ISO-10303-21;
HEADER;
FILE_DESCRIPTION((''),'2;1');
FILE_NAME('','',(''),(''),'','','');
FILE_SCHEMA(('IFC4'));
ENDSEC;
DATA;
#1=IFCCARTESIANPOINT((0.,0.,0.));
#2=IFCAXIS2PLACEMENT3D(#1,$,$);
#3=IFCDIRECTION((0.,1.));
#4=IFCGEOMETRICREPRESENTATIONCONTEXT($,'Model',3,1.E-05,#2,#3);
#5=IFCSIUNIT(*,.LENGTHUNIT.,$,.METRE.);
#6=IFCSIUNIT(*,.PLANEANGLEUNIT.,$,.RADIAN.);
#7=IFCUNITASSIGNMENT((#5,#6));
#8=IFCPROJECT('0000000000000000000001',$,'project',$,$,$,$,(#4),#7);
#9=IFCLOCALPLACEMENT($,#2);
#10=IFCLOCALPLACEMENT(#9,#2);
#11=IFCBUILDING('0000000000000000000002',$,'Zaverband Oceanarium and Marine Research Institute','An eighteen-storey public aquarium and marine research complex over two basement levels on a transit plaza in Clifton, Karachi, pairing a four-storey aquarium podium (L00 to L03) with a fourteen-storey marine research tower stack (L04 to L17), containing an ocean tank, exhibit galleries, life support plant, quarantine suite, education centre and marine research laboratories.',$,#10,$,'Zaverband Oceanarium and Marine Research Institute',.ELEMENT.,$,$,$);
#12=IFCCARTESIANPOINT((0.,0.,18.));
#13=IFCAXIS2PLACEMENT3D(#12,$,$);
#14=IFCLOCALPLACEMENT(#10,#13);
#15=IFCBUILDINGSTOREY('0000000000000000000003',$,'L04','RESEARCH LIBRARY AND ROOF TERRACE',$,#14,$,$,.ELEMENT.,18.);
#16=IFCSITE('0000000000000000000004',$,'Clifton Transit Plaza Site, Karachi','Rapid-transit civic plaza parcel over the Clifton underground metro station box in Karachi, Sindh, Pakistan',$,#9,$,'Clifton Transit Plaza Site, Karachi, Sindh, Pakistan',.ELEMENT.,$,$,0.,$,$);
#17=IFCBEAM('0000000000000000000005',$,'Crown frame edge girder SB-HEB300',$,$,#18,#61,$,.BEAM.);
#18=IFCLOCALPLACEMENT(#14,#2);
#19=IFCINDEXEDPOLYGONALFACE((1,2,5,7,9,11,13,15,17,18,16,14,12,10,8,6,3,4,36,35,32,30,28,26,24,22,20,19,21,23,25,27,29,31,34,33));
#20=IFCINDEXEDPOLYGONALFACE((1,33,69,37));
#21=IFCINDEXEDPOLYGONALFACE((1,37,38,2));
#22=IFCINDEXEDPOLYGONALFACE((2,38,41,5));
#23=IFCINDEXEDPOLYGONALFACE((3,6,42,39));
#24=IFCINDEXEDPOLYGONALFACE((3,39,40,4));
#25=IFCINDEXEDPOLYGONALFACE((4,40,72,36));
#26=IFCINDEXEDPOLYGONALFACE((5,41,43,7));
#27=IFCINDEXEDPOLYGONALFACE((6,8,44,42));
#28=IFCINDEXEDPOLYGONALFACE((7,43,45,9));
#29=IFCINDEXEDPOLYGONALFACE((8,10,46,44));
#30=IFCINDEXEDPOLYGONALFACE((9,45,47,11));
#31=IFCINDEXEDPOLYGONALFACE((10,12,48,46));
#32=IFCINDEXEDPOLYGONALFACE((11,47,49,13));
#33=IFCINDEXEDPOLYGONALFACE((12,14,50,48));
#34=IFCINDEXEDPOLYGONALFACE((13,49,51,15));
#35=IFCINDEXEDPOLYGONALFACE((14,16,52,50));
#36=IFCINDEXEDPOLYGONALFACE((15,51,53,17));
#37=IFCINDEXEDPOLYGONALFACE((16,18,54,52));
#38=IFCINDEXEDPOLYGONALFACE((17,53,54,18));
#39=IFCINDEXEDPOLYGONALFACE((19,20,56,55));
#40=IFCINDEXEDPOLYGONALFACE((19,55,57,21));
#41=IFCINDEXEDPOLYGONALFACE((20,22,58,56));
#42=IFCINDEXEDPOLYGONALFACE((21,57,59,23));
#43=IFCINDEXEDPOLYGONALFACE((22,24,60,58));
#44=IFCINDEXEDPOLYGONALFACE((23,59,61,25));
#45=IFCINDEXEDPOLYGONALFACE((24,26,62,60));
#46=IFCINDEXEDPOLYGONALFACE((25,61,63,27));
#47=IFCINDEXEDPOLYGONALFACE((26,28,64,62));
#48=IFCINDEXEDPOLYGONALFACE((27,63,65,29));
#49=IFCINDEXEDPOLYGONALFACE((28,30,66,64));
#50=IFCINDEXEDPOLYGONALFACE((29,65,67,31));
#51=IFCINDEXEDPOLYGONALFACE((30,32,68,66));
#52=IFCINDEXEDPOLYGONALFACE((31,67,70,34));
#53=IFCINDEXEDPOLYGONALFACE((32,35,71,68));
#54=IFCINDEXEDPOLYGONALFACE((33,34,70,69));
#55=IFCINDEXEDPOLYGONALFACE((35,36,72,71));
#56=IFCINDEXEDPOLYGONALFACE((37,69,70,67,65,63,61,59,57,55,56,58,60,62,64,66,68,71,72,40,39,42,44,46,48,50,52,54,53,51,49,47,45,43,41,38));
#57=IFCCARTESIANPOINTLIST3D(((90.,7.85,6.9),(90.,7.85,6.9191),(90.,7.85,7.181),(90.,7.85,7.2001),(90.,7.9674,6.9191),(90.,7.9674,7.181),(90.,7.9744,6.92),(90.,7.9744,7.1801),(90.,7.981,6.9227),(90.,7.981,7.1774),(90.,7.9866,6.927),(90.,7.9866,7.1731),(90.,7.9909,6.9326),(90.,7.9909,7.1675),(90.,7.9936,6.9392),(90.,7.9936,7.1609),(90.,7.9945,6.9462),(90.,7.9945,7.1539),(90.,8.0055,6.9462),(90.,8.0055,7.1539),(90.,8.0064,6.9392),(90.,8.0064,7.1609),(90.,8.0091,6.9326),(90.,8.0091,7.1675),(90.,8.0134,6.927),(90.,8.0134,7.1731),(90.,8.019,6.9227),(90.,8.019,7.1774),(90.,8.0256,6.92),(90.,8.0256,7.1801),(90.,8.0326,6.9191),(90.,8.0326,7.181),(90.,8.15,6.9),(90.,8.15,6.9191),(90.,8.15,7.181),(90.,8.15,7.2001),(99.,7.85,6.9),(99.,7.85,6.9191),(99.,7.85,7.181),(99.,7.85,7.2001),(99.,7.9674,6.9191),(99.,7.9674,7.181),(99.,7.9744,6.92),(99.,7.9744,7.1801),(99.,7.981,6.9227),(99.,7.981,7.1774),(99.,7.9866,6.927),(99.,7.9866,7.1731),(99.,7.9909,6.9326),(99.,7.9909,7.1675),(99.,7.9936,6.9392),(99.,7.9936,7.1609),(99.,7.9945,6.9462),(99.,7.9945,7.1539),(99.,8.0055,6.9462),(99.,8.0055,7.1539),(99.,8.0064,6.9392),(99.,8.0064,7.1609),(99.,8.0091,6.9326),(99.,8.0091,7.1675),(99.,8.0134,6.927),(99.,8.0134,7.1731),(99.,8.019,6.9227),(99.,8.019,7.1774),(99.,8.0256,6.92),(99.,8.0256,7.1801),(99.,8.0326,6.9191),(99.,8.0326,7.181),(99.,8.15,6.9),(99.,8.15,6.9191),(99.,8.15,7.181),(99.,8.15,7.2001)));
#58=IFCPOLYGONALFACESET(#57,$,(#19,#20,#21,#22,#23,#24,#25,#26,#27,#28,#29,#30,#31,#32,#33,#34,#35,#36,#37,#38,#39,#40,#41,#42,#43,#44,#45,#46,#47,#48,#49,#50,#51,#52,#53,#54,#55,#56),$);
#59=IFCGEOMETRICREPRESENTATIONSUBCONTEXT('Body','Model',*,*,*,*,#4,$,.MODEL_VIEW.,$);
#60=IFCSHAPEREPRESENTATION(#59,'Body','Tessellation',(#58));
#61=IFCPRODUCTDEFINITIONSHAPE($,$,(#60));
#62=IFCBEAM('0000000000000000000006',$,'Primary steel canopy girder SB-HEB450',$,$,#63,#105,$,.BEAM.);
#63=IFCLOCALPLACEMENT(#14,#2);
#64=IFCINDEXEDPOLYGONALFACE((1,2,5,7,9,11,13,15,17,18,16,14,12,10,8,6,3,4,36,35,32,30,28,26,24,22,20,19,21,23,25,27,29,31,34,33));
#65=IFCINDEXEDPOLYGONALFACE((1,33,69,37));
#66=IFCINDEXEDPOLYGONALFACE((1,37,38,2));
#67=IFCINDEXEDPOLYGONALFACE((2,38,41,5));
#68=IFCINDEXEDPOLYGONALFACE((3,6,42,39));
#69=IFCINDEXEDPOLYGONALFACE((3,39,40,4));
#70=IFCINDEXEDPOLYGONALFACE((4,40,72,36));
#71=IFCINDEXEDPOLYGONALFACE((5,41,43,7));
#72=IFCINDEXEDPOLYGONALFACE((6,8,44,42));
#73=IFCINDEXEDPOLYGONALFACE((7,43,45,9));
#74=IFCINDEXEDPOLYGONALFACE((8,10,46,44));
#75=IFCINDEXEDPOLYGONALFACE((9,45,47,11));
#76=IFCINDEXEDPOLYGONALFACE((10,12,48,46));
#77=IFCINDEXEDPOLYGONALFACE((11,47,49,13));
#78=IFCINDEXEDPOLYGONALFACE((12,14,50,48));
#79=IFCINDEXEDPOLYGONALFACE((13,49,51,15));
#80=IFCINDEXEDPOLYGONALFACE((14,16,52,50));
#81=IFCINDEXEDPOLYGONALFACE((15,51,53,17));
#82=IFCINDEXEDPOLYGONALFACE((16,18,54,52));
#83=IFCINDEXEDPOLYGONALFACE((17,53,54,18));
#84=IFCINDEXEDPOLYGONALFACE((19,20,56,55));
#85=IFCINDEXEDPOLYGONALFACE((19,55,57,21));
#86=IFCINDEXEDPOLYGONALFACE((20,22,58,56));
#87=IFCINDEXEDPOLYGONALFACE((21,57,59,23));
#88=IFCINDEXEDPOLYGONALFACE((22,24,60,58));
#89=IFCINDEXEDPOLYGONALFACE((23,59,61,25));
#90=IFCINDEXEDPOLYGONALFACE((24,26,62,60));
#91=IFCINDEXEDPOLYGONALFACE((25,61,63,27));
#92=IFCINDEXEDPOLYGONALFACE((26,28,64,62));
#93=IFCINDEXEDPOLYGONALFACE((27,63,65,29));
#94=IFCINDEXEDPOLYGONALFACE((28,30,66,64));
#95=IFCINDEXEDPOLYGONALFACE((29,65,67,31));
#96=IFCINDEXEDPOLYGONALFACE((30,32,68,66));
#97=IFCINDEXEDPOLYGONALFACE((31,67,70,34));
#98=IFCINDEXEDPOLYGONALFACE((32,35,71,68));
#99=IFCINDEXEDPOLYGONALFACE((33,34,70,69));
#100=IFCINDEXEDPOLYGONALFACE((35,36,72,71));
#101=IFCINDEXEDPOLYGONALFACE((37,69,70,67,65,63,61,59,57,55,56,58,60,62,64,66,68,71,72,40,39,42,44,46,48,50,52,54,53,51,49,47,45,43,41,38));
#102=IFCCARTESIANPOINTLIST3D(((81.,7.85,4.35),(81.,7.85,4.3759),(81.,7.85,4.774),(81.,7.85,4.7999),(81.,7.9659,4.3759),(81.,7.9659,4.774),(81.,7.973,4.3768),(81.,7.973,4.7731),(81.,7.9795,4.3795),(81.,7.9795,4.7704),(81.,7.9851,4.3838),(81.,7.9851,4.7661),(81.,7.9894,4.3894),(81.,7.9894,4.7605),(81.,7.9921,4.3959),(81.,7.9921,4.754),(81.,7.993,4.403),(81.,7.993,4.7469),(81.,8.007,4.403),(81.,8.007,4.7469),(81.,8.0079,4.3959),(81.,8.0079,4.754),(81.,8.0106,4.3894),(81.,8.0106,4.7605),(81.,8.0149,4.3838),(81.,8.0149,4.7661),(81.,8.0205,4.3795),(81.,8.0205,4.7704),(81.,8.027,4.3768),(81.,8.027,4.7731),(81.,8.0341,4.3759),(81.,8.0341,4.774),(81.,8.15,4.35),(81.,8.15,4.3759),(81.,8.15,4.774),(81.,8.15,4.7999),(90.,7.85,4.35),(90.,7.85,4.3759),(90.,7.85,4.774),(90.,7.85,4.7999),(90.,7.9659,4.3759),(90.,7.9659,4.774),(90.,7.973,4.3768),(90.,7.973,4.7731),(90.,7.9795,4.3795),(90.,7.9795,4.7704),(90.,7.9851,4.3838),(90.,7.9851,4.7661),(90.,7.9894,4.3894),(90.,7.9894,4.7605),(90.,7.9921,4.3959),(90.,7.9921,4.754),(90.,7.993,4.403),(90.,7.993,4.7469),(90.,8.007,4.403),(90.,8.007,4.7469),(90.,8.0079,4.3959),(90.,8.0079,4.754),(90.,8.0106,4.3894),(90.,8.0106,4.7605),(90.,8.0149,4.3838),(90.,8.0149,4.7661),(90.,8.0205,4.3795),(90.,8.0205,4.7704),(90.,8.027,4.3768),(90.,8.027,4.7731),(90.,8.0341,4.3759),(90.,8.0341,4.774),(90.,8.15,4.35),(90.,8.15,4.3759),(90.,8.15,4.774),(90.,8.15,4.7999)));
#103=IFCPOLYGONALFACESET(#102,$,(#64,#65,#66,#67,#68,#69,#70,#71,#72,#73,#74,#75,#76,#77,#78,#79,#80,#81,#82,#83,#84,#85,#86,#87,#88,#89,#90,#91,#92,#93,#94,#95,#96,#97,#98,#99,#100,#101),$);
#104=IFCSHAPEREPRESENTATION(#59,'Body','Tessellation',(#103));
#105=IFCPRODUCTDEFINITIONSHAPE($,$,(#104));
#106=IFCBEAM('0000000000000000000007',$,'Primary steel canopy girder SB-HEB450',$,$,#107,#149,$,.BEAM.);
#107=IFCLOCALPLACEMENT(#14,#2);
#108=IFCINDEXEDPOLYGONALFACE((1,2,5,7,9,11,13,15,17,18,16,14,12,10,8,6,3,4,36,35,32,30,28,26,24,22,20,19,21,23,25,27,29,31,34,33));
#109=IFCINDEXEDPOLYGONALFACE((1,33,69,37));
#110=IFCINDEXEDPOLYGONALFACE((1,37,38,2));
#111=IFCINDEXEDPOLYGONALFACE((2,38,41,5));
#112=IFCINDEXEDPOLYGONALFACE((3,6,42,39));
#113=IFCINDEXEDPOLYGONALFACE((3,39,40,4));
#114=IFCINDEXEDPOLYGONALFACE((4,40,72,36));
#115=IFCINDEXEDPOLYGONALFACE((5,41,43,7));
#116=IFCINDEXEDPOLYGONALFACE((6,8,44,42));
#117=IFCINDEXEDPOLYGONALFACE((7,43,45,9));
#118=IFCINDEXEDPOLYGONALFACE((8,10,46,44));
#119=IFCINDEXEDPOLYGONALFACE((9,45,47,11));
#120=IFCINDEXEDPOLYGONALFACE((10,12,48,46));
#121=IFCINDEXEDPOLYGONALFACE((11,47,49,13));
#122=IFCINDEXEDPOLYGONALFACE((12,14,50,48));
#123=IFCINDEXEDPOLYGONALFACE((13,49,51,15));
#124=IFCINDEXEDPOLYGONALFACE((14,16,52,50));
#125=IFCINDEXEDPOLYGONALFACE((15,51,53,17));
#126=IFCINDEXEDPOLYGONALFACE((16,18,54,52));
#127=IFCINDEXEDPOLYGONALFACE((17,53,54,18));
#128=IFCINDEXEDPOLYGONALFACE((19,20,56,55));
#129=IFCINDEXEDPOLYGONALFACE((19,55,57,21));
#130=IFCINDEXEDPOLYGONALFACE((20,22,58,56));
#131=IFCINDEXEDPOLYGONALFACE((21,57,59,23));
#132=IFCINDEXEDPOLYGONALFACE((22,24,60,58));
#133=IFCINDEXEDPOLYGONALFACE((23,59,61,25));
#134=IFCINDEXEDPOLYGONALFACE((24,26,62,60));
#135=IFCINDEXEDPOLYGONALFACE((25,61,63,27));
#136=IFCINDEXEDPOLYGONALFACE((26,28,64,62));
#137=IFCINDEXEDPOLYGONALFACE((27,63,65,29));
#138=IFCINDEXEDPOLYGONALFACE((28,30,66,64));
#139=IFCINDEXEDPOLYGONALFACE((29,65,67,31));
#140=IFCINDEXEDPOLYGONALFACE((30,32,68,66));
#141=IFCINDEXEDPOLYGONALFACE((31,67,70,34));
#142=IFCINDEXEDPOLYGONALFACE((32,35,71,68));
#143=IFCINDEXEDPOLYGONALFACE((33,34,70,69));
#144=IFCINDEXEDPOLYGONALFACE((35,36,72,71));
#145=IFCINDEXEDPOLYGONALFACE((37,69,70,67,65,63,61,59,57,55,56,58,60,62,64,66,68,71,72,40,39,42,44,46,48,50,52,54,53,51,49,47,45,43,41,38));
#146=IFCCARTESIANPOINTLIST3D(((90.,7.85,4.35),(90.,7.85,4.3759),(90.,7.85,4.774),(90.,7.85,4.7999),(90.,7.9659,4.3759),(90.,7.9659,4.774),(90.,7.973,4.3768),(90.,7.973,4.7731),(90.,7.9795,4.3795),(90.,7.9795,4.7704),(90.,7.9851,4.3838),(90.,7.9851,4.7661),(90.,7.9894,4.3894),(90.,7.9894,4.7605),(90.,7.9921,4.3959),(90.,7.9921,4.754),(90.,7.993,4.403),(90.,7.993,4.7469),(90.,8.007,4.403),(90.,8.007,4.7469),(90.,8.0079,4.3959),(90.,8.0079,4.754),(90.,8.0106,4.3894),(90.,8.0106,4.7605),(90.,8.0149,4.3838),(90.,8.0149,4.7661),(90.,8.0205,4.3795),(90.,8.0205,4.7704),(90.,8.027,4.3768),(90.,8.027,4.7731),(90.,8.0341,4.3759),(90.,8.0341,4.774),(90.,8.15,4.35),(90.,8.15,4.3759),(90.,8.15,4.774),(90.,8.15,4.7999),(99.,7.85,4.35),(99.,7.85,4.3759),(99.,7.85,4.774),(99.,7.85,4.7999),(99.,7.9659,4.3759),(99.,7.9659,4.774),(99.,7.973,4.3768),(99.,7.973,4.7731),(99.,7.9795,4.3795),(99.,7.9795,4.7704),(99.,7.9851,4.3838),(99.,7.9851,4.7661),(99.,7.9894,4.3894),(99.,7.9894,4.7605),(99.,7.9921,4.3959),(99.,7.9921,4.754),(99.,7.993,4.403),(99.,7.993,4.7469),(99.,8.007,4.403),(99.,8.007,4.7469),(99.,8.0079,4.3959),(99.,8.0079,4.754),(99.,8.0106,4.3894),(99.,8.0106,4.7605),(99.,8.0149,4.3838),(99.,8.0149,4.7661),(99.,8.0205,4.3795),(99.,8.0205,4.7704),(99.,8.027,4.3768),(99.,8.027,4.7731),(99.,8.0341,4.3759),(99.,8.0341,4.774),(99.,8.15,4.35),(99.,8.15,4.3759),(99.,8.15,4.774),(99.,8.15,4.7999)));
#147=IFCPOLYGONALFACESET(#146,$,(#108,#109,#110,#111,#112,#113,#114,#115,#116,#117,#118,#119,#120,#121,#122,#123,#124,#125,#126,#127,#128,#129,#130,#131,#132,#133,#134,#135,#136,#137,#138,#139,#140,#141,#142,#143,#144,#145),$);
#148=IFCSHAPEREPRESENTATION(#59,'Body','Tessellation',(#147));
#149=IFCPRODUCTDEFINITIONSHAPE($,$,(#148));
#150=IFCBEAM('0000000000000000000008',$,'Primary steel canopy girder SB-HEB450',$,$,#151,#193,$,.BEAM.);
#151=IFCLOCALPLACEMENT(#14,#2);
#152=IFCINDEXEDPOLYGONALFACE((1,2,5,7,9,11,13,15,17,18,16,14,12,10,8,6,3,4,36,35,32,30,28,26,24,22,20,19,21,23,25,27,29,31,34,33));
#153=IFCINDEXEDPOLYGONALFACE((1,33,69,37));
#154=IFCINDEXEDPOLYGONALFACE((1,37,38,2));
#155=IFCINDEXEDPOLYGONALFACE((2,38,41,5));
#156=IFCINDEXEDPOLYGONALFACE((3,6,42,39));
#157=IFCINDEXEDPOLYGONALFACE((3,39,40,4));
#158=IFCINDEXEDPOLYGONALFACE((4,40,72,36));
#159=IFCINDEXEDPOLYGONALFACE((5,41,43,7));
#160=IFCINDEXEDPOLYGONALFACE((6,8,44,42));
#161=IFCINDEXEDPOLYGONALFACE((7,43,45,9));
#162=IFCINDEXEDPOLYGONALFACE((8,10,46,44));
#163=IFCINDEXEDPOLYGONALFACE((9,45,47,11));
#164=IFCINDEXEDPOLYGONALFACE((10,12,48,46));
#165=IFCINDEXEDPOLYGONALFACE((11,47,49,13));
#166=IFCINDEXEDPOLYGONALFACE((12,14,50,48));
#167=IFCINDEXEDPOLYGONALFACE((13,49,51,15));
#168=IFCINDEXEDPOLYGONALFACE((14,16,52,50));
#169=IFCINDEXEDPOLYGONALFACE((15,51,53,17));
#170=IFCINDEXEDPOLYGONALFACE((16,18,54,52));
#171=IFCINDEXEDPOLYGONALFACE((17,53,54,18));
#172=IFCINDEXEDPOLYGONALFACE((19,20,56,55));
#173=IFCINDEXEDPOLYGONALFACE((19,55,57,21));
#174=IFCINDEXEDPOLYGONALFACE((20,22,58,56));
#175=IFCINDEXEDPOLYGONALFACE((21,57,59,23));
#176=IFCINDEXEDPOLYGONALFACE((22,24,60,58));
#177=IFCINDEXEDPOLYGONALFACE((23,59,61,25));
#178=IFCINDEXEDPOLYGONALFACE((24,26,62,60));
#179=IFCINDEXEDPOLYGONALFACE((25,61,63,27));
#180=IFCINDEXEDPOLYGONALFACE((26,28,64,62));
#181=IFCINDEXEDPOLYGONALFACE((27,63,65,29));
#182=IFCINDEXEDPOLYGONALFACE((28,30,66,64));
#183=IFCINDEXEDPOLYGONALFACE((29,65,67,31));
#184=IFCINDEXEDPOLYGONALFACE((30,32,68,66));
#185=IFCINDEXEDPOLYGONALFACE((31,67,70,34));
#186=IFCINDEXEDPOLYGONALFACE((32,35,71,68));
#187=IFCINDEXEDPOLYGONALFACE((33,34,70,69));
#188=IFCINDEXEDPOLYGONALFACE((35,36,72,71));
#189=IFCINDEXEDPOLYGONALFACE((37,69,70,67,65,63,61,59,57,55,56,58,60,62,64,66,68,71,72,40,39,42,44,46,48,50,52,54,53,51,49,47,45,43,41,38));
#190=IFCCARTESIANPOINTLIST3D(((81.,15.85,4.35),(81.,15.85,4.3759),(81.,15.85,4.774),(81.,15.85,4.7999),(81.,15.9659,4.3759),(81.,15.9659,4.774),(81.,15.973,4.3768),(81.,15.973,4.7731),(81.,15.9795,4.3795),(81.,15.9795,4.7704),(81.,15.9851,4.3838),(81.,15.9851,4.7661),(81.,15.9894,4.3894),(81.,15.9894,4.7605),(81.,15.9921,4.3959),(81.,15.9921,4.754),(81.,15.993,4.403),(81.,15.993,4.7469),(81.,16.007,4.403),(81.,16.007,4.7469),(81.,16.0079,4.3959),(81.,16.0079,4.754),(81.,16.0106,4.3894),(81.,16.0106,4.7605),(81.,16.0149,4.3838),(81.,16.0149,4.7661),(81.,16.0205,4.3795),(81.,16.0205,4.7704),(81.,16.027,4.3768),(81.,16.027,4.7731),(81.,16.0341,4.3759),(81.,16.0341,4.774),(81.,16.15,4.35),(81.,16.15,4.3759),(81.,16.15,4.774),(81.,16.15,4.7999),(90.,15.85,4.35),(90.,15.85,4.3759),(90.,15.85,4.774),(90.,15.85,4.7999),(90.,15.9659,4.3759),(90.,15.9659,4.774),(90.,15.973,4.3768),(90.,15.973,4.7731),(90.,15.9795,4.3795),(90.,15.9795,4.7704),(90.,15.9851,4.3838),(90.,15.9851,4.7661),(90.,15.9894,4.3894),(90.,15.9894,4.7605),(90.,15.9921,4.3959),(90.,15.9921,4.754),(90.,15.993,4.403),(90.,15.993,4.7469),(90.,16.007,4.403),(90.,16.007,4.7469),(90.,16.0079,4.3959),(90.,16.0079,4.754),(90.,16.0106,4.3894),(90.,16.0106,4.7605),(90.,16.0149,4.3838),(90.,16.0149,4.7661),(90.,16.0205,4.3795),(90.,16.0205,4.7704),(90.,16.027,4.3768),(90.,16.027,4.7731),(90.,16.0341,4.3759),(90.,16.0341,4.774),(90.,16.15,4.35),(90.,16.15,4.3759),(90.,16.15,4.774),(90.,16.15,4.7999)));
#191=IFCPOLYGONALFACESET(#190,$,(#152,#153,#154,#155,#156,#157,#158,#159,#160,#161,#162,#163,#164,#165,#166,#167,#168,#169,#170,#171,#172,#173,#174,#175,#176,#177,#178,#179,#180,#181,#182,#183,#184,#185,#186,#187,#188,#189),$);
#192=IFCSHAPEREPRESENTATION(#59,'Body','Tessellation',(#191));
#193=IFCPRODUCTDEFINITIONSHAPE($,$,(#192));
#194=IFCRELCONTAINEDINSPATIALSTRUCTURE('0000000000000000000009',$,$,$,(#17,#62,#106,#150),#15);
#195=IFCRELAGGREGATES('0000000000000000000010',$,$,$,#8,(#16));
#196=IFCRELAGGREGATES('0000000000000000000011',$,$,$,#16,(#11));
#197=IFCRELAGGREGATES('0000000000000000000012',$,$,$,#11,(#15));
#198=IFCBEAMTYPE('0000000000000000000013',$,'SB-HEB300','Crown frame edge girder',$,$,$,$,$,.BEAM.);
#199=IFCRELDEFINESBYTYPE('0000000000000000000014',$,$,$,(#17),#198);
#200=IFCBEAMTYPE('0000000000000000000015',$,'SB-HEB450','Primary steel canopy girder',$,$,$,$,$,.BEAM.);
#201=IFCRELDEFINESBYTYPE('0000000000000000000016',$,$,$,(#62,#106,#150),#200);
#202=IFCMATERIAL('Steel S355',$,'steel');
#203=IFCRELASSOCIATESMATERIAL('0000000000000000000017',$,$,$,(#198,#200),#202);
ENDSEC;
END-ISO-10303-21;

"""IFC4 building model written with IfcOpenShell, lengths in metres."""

from ifc_helpers import new_model, si_unit, direction, frame, origin, origin_2d, place, context, subcontext, project, spatial, i_section, extrude, material, material_profile, profile_set, type_object, element, save


model = new_model("IFC4")

# Units and contexts
model_context = context("Model", 3, precision=1e-05, world=origin(), true_north=direction((0.0, 1.0)))
body_context = subcontext(model_context, "Body", "Model", "MODEL_VIEW")
ifc_project = project(units=[si_unit("LENGTHUNIT", "METRE"), si_unit("PLANEANGLEUNIT", "RADIAN")], contexts=[model_context])

# Site, building, storey
site_placement = place(None, origin())
site = spatial("IfcSite", under=ifc_project, at=site_placement, Name="Clifton Transit Plaza Site, Karachi", Description="Rapid-transit civic plaza parcel over the Clifton underground metro station box in Karachi, Sindh, Pakistan", LongName="Clifton Transit Plaza Site, Karachi, Sindh, Pakistan", CompositionType="ELEMENT", RefElevation=0.0)
building_placement = place(site_placement, origin())
building = spatial("IfcBuilding", under=site, at=building_placement, Name="Zaverband Oceanarium and Marine Research Institute", Description="An eighteen-storey public aquarium and marine research complex over two basement levels on a transit plaza in Clifton, Karachi, pairing a four-storey aquarium podium (L00 to L03) with a fourteen-storey marine research tower stack (L04 to L17), containing an ocean tank, exhibit galleries, life support plant, quarantine suite, education centre and marine research laboratories.", LongName="Zaverband Oceanarium and Marine Research Institute", CompositionType="ELEMENT")
storey_placement = place(building_placement, frame((0.0, 0.0, 18.0)))
storey = spatial("IfcBuildingStorey", under=building, at=storey_placement, Name="L04", Description="RESEARCH LIBRARY AND ROOF TERRACE", CompositionType="ELEMENT", Elevation=18.0)

# Beams
ifc_material_1 = material(Name="Steel S355", Category="steel")
ifc_material_profile_1 = material_profile(ifc_material_1, i_section(OverallWidth=0.3, OverallDepth=0.3, WebThickness=0.011, FlangeThickness=0.019, FilletRadius=0.0271, at=origin_2d()), Name="HEB300")
ifc_profile_set_1 = profile_set([ifc_material_profile_1], Name="Steel S355")
beam_type_1 = type_object("IfcBeamType", Name="SB-HEB300", Description="Crown frame edge girder", PredefinedType="BEAM", material=ifc_profile_set_1)
for number, where, z_axis, x_axis, name in (
    (1, (90.0, 8.0, 7.05), (1.0, 0.0, 0.0), (0.0, 1.0, 0.0), "Crown frame edge girder SB-HEB300"),
):
    element("IfcBeam", number, at=place(storey_placement, frame(where, z_axis=z_axis, x_axis=x_axis)), inside=storey, type_object=beam_type_1, Name=name, PredefinedType="BEAM", context=body_context, shape_type="SweptSolid", body=[
        extrude(i_section(OverallWidth=0.3, OverallDepth=0.3, WebThickness=0.011, FlangeThickness=0.019, FilletRadius=0.0271, at=origin_2d()), origin(), (0.0, 0.0, 1.0), 9.0),
    ])
ifc_material_profile_2 = material_profile(ifc_material_1, i_section(OverallWidth=0.3, OverallDepth=0.45, WebThickness=0.0139, FlangeThickness=0.0259, FilletRadius=0.0271, at=origin_2d()), Name="HEB450")
ifc_profile_set_2 = profile_set([ifc_material_profile_2], Name="Steel S355")
beam_type_2 = type_object("IfcBeamType", Name="SB-HEB450", Description="Primary steel canopy girder", PredefinedType="BEAM", material=ifc_profile_set_2)
for number, where, z_axis, x_axis, name in (
    (2, (81.0, 8.0, 4.575), (1.0, 0.0, 0.0), (0.0, 1.0, 0.0), "Primary steel canopy girder SB-HEB450"),
    (3, (90.0, 8.0, 4.575), (1.0, 0.0, 0.0), (0.0, 1.0, 0.0), "Primary steel canopy girder SB-HEB450"),
    (4, (81.0, 16.0, 4.575), (1.0, 0.0, 0.0), (0.0, 1.0, 0.0), "Primary steel canopy girder SB-HEB450"),
):
    element("IfcBeam", number, at=place(storey_placement, frame(where, z_axis=z_axis, x_axis=x_axis)), inside=storey, type_object=beam_type_2, Name=name, PredefinedType="BEAM", context=body_context, shape_type="SweptSolid", body=[
        extrude(i_section(OverallWidth=0.3, OverallDepth=0.45, WebThickness=0.0139, FlangeThickness=0.0259, FilletRadius=0.0271, at=origin_2d()), origin(), (0.0, 0.0, 1.0), 9.0),
    ])

save(model, "model.ifc")
